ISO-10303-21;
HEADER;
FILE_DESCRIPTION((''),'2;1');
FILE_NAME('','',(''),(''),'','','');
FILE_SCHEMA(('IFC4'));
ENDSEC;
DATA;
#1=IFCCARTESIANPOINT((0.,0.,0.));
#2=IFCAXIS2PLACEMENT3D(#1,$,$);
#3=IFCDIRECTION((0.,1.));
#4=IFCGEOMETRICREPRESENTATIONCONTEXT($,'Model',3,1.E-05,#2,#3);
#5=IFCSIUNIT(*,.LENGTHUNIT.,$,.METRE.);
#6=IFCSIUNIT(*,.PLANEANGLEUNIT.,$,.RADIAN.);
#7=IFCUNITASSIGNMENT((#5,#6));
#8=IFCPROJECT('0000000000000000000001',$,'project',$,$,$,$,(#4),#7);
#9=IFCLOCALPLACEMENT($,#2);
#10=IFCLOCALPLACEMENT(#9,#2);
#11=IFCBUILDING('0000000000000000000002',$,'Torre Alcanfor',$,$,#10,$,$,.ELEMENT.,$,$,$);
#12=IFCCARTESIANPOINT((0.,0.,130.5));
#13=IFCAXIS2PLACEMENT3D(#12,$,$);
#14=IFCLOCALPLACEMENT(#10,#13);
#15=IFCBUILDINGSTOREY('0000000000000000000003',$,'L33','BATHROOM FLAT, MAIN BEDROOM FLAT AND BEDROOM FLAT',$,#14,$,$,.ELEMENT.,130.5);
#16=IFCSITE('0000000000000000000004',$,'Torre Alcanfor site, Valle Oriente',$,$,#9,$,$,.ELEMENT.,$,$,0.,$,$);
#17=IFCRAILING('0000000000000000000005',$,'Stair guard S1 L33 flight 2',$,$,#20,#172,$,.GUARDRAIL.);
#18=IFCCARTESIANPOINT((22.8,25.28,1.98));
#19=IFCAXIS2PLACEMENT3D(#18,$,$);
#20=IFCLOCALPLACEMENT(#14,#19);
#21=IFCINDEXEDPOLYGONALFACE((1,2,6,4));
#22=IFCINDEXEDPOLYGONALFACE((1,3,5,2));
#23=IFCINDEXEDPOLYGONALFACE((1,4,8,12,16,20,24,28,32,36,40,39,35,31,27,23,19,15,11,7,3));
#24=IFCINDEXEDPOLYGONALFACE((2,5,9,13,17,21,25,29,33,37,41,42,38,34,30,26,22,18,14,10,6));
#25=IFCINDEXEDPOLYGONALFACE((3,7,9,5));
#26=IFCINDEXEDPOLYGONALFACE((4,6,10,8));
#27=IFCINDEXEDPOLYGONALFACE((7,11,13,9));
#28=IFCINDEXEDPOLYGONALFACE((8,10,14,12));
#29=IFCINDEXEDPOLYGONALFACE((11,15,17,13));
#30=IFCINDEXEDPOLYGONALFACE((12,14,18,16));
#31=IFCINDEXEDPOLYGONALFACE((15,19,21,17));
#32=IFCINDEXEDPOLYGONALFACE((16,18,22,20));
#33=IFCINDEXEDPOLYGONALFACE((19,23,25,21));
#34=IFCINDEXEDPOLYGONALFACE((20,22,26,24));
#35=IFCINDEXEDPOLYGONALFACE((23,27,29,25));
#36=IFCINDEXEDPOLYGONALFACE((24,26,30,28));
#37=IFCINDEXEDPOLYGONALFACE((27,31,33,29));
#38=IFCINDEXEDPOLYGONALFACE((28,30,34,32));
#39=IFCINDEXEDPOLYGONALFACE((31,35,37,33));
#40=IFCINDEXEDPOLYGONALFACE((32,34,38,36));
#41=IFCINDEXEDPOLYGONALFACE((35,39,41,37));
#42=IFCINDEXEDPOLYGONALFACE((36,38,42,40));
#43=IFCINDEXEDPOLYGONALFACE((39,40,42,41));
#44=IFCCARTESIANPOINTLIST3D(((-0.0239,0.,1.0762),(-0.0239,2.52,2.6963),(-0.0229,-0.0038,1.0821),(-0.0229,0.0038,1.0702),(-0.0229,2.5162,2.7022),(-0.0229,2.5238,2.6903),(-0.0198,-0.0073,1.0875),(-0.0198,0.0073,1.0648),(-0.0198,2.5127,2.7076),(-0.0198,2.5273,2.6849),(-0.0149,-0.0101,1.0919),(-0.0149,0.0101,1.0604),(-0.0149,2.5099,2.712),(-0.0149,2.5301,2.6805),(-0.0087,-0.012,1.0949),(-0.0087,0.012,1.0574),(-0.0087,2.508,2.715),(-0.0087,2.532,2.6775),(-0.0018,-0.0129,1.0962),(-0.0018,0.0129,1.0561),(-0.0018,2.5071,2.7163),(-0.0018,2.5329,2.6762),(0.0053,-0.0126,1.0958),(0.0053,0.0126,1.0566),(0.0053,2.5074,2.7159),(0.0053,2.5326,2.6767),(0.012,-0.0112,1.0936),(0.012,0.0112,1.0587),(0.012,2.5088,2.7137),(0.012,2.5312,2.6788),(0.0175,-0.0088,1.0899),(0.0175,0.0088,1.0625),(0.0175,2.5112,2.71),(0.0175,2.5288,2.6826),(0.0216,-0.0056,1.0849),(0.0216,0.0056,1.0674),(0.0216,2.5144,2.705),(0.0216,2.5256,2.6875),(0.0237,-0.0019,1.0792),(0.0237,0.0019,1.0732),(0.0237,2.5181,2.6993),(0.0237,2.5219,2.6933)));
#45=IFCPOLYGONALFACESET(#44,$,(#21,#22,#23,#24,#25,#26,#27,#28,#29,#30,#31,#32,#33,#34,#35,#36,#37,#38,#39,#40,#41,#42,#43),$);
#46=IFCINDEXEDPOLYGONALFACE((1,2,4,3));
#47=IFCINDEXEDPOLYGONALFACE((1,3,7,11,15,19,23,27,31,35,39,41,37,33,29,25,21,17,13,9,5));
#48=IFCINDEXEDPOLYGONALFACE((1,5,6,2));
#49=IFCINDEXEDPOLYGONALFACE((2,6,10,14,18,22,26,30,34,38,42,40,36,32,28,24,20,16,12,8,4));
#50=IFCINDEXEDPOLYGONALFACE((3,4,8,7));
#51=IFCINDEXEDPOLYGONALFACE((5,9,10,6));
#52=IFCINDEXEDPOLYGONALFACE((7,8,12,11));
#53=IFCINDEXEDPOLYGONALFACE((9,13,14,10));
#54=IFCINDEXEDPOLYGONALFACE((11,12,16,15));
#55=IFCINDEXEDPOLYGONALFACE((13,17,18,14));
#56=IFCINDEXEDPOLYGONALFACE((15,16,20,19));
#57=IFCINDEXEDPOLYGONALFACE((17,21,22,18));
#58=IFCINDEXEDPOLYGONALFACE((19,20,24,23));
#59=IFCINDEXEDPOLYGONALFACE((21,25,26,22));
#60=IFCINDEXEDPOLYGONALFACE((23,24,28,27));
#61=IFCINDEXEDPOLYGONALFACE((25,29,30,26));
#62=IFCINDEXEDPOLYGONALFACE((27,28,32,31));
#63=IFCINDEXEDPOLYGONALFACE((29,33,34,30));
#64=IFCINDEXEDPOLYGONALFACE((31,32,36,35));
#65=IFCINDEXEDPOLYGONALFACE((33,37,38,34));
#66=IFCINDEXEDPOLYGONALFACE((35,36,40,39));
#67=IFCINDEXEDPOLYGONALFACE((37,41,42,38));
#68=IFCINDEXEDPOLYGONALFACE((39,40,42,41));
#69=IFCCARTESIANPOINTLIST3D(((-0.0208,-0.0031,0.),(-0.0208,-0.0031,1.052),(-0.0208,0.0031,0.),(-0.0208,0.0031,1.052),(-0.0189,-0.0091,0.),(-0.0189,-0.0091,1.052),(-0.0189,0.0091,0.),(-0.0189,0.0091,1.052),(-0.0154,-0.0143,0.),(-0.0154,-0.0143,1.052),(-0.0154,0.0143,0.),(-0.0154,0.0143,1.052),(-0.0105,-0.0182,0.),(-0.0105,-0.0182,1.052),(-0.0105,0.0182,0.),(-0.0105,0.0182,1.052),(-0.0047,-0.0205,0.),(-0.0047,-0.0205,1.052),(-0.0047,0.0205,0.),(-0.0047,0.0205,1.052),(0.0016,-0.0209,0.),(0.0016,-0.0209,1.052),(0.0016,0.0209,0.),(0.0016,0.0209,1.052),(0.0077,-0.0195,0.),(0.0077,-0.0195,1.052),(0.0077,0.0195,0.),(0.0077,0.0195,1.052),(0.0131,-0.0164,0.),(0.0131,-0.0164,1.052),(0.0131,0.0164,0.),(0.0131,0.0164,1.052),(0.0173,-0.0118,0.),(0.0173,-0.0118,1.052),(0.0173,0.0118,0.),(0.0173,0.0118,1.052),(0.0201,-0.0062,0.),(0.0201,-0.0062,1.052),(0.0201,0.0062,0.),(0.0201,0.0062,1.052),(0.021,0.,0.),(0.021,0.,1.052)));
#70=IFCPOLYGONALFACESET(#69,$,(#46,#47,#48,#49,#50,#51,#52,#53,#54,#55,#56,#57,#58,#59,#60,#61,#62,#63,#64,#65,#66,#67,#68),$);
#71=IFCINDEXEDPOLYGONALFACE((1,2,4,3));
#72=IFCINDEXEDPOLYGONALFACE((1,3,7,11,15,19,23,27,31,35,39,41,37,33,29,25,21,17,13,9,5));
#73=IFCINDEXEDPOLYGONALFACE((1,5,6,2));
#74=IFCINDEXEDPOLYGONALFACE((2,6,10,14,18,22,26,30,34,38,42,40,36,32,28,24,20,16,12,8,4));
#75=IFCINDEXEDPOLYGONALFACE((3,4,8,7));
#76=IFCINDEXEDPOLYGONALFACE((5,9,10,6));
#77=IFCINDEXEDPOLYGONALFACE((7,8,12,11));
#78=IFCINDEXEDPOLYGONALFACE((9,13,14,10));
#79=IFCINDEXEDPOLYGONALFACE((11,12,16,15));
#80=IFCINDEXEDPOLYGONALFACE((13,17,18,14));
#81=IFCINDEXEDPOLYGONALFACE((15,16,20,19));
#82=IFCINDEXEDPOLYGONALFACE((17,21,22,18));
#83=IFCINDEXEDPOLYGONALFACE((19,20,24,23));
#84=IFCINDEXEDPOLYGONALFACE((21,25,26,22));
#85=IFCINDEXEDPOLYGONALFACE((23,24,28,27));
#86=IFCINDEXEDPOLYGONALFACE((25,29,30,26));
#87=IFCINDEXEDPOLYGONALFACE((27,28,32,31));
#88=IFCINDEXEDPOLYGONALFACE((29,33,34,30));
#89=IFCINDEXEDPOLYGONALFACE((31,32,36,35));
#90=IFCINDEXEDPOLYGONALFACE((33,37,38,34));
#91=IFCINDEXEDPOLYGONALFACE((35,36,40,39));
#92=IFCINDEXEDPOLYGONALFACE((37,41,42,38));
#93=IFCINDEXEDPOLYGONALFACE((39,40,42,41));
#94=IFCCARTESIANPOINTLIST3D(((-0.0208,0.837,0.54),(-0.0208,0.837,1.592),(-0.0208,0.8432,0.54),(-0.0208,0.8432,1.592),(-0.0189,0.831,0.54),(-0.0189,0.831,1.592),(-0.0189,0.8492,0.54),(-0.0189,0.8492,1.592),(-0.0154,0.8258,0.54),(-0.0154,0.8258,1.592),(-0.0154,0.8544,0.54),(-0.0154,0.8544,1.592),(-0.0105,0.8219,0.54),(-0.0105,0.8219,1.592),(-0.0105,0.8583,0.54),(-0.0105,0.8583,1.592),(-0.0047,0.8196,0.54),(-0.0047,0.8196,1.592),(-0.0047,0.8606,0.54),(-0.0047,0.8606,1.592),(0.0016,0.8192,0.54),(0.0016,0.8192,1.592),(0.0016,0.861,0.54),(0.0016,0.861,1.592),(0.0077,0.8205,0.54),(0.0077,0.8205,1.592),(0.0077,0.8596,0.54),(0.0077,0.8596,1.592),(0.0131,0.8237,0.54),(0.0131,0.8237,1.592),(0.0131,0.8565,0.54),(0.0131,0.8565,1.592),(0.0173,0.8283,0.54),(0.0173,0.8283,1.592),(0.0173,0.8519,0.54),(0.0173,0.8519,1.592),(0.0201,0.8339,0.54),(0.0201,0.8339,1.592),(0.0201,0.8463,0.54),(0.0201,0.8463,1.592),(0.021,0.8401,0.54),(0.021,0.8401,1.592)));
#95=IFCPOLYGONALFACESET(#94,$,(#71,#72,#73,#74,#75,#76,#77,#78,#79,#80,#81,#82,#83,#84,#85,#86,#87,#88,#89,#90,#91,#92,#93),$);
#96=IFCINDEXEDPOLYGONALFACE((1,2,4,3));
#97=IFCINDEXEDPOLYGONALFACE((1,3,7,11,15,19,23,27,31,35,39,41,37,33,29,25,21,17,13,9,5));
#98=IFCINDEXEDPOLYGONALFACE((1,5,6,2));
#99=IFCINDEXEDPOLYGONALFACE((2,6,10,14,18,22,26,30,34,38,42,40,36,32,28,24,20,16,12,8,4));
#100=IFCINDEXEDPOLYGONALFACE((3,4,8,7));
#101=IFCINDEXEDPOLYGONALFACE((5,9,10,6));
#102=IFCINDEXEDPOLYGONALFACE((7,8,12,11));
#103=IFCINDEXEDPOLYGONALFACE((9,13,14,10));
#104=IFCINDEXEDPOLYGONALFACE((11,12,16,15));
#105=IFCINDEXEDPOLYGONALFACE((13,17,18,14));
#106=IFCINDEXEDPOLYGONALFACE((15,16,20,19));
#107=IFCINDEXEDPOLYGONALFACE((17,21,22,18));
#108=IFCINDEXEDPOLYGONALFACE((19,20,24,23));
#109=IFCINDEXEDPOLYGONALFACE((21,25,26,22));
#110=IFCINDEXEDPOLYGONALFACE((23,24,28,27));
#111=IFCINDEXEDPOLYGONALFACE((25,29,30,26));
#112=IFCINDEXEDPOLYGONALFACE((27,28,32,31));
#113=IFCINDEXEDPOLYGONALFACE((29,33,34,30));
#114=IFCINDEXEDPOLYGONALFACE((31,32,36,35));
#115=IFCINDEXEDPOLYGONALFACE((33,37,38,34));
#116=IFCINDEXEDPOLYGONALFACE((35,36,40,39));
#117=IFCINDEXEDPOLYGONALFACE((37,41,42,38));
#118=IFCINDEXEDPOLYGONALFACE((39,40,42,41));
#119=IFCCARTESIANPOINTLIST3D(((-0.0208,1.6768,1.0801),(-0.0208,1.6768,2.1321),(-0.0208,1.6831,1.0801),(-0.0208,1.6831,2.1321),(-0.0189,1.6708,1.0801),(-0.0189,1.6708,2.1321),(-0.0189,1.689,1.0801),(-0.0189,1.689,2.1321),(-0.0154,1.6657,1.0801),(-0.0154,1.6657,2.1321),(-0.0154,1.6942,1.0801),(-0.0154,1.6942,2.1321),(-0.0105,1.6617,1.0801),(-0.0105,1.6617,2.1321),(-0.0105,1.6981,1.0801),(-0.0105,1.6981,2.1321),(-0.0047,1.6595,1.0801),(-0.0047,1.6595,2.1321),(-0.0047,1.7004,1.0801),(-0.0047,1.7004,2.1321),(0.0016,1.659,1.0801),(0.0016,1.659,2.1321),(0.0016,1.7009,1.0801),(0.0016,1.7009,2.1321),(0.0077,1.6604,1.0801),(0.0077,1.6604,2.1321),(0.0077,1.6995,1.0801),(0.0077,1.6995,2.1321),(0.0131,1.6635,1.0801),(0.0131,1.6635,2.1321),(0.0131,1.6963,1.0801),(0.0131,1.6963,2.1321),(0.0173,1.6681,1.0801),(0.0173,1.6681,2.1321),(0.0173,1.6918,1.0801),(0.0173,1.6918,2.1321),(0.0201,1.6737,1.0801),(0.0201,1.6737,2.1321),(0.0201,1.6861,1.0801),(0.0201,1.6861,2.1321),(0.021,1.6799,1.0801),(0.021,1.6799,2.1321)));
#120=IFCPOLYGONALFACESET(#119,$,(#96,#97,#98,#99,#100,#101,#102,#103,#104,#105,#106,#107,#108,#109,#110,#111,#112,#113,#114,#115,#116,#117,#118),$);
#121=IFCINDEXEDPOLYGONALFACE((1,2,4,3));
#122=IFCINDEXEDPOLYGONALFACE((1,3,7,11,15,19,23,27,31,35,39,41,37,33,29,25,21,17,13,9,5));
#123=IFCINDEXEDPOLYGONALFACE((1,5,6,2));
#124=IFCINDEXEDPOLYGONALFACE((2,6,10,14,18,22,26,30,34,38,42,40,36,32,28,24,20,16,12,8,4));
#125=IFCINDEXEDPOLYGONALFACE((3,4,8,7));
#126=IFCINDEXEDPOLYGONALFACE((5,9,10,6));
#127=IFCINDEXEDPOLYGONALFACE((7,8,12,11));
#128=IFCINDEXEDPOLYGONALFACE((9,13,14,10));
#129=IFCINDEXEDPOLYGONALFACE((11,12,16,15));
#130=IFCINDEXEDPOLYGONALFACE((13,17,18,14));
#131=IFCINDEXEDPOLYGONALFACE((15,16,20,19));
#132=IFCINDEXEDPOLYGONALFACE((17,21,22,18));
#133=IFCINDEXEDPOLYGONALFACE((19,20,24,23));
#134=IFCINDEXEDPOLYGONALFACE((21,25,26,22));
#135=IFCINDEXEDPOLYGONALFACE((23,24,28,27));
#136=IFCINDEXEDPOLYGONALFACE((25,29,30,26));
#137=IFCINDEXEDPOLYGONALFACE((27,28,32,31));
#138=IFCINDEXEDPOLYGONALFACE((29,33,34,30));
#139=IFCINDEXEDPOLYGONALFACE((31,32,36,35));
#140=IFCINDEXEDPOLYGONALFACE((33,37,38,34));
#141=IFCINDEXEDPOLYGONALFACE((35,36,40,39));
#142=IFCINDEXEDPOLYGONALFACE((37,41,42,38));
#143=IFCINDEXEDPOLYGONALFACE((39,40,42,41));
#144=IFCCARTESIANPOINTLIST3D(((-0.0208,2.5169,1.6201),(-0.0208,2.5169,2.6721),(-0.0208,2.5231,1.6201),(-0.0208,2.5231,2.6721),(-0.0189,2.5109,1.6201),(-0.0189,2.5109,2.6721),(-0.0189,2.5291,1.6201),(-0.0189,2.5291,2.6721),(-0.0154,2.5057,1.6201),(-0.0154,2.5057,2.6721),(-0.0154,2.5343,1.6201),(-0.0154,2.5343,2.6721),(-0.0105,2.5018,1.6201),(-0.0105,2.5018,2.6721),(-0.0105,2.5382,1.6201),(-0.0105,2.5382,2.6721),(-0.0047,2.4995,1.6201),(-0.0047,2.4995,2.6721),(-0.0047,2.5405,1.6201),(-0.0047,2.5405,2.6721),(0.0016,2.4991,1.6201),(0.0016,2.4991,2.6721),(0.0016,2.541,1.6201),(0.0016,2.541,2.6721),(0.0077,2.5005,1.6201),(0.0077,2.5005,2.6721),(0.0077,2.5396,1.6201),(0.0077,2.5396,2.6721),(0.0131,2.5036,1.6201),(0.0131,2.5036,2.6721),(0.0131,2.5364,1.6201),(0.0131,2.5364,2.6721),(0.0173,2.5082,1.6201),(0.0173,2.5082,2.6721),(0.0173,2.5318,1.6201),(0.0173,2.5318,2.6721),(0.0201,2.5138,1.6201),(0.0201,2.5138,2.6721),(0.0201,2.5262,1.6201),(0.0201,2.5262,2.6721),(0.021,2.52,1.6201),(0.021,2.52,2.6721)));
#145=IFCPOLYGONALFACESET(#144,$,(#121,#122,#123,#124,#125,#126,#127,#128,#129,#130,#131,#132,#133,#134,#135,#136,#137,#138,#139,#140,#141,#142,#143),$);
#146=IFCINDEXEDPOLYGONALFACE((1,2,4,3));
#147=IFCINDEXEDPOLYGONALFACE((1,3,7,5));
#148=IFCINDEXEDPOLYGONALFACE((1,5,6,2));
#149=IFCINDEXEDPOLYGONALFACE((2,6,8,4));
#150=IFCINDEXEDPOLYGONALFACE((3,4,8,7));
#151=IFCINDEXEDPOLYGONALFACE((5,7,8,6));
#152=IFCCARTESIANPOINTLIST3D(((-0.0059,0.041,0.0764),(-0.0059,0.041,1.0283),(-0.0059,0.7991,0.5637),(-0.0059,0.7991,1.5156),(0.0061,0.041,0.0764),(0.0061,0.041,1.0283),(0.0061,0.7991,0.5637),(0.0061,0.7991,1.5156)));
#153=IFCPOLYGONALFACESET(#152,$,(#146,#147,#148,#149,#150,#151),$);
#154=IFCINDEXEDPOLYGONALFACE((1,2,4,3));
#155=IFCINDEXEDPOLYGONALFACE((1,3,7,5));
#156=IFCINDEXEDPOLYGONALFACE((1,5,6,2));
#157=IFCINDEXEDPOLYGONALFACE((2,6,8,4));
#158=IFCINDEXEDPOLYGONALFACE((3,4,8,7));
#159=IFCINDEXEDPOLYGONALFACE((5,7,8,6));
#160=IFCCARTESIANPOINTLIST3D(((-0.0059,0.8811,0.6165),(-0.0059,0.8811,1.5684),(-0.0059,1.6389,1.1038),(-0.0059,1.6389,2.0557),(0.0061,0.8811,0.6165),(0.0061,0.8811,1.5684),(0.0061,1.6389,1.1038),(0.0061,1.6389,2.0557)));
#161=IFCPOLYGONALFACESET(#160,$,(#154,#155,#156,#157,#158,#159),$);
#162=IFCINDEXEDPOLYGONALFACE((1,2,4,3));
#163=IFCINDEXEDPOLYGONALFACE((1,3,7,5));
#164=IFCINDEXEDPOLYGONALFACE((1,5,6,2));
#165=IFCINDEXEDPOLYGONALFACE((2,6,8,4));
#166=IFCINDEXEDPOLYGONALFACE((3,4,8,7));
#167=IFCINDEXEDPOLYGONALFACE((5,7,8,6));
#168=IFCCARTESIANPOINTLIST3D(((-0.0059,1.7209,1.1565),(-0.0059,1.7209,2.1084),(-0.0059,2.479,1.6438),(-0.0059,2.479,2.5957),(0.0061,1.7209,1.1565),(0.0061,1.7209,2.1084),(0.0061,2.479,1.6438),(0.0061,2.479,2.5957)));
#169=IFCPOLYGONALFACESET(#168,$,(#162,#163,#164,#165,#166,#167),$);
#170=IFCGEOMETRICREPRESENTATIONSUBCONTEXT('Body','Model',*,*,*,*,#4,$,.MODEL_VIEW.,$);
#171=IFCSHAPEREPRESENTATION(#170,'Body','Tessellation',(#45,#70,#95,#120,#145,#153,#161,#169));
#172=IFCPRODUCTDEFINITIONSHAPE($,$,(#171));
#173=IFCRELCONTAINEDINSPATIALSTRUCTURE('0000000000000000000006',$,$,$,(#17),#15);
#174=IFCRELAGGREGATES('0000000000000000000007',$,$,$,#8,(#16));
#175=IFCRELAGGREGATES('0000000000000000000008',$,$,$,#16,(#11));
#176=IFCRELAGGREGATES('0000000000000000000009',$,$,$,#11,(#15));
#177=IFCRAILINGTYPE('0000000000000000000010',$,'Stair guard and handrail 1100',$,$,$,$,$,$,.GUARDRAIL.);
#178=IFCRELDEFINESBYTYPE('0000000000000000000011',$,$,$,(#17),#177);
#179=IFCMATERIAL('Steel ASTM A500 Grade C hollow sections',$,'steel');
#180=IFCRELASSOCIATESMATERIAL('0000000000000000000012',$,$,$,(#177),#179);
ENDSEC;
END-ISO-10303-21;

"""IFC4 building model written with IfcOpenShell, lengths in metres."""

from ifc_helpers import new_model, si_unit, direction, frame, origin, origin_2d, place, context, subcontext, project, spatial, polyline, circle, outline, extrude, material, type_object, element, save


model = new_model("IFC4")

# Units and contexts
model_context = context("Model", 3, precision=1e-05, world=origin(), true_north=direction((0.0, 1.0)))
body_context = subcontext(model_context, "Body", "Model", "MODEL_VIEW")
ifc_project = project(units=[si_unit("LENGTHUNIT", "METRE"), si_unit("PLANEANGLEUNIT", "RADIAN")], contexts=[model_context])

# Site, building, storey
site_placement = place(None, origin())
site = spatial("IfcSite", under=ifc_project, at=site_placement, Name="Torre Alcanfor site, Valle Oriente", CompositionType="ELEMENT", RefElevation=0.0)
building_placement = place(site_placement, origin())
building = spatial("IfcBuilding", under=site, at=building_placement, Name="Torre Alcanfor", CompositionType="ELEMENT")
storey_placement = place(building_placement, frame((0.0, 0.0, 130.5)))
storey = spatial("IfcBuildingStorey", under=building, at=storey_placement, Name="L33", Description="BATHROOM FLAT, MAIN BEDROOM FLAT AND BEDROOM FLAT", CompositionType="ELEMENT", Elevation=130.5)

# Railing
ifc_material_1 = material(Name="Steel ASTM A500 Grade C hollow sections", Category="steel")
railing_type_1 = type_object("IfcRailingType", Name="Stair guard and handrail 1100", PredefinedType="GUARDRAIL", material=ifc_material_1)
railing_1_placement = place(storey_placement, frame((22.8, 25.28, 1.98)))
element("IfcRailing", 1, at=railing_1_placement, inside=storey, type_object=railing_type_1, Name="Stair guard S1 L33 flight 2", PredefinedType="GUARDRAIL", context=body_context, shape_type="SweptSolid", body=[
    extrude(circle(Radius=0.0239, at=origin_2d()), frame((0.0, 0.0, 1.0762), z_axis=(0.0, 0.841163, 0.540782), x_axis=(-1.0, 0.0, 0.0)), (0.0, 0.0, 1.0), 2.9958),
    extrude(circle(Radius=0.021, at=origin_2d()), origin(), (0.0, 0.0, 1.0), 1.052),
    extrude(circle(Radius=0.021, at=origin_2d()), frame((0.0, 0.8401, 0.54)), (0.0, 0.0, 1.0), 1.052),
    extrude(circle(Radius=0.021, at=origin_2d()), frame((0.0, 1.6799, 1.0801)), (0.0, 0.0, 1.0), 1.052),
    extrude(circle(Radius=0.021, at=origin_2d()), frame((0.0, 2.52, 1.6201)), (0.0, 0.0, 1.0), 1.052),
    extrude(outline(polyline([(0.041, 0.0764), (0.7991, 0.5637), (0.7991, 1.5156), (0.041, 1.0283), (0.041, 0.0764)])), frame((-0.0059, 0.0, 0.0), z_axis=(1.0, 0.0, 0.0), x_axis=(0.0, 1.0, 0.0)), (0.0, 0.0, 1.0), 0.012),
    extrude(outline(polyline([(0.8811, 0.6165), (1.6389, 1.1038), (1.6389, 2.0557), (0.8811, 1.5684), (0.8811, 0.6165)])), frame((-0.0059, 0.0, 0.0), z_axis=(1.0, 0.0, 0.0), x_axis=(0.0, 1.0, 0.0)), (0.0, 0.0, 1.0), 0.012),
    extrude(outline(polyline([(1.7209, 1.1565), (2.479, 1.6438), (2.479, 2.5957), (1.7209, 2.1084), (1.7209, 1.1565)])), frame((-0.0059, 0.0, 0.0), z_axis=(1.0, 0.0, 0.0), x_axis=(0.0, 1.0, 0.0)), (0.0, 0.0, 1.0), 0.012),
])

save(model, "model.ifc")
